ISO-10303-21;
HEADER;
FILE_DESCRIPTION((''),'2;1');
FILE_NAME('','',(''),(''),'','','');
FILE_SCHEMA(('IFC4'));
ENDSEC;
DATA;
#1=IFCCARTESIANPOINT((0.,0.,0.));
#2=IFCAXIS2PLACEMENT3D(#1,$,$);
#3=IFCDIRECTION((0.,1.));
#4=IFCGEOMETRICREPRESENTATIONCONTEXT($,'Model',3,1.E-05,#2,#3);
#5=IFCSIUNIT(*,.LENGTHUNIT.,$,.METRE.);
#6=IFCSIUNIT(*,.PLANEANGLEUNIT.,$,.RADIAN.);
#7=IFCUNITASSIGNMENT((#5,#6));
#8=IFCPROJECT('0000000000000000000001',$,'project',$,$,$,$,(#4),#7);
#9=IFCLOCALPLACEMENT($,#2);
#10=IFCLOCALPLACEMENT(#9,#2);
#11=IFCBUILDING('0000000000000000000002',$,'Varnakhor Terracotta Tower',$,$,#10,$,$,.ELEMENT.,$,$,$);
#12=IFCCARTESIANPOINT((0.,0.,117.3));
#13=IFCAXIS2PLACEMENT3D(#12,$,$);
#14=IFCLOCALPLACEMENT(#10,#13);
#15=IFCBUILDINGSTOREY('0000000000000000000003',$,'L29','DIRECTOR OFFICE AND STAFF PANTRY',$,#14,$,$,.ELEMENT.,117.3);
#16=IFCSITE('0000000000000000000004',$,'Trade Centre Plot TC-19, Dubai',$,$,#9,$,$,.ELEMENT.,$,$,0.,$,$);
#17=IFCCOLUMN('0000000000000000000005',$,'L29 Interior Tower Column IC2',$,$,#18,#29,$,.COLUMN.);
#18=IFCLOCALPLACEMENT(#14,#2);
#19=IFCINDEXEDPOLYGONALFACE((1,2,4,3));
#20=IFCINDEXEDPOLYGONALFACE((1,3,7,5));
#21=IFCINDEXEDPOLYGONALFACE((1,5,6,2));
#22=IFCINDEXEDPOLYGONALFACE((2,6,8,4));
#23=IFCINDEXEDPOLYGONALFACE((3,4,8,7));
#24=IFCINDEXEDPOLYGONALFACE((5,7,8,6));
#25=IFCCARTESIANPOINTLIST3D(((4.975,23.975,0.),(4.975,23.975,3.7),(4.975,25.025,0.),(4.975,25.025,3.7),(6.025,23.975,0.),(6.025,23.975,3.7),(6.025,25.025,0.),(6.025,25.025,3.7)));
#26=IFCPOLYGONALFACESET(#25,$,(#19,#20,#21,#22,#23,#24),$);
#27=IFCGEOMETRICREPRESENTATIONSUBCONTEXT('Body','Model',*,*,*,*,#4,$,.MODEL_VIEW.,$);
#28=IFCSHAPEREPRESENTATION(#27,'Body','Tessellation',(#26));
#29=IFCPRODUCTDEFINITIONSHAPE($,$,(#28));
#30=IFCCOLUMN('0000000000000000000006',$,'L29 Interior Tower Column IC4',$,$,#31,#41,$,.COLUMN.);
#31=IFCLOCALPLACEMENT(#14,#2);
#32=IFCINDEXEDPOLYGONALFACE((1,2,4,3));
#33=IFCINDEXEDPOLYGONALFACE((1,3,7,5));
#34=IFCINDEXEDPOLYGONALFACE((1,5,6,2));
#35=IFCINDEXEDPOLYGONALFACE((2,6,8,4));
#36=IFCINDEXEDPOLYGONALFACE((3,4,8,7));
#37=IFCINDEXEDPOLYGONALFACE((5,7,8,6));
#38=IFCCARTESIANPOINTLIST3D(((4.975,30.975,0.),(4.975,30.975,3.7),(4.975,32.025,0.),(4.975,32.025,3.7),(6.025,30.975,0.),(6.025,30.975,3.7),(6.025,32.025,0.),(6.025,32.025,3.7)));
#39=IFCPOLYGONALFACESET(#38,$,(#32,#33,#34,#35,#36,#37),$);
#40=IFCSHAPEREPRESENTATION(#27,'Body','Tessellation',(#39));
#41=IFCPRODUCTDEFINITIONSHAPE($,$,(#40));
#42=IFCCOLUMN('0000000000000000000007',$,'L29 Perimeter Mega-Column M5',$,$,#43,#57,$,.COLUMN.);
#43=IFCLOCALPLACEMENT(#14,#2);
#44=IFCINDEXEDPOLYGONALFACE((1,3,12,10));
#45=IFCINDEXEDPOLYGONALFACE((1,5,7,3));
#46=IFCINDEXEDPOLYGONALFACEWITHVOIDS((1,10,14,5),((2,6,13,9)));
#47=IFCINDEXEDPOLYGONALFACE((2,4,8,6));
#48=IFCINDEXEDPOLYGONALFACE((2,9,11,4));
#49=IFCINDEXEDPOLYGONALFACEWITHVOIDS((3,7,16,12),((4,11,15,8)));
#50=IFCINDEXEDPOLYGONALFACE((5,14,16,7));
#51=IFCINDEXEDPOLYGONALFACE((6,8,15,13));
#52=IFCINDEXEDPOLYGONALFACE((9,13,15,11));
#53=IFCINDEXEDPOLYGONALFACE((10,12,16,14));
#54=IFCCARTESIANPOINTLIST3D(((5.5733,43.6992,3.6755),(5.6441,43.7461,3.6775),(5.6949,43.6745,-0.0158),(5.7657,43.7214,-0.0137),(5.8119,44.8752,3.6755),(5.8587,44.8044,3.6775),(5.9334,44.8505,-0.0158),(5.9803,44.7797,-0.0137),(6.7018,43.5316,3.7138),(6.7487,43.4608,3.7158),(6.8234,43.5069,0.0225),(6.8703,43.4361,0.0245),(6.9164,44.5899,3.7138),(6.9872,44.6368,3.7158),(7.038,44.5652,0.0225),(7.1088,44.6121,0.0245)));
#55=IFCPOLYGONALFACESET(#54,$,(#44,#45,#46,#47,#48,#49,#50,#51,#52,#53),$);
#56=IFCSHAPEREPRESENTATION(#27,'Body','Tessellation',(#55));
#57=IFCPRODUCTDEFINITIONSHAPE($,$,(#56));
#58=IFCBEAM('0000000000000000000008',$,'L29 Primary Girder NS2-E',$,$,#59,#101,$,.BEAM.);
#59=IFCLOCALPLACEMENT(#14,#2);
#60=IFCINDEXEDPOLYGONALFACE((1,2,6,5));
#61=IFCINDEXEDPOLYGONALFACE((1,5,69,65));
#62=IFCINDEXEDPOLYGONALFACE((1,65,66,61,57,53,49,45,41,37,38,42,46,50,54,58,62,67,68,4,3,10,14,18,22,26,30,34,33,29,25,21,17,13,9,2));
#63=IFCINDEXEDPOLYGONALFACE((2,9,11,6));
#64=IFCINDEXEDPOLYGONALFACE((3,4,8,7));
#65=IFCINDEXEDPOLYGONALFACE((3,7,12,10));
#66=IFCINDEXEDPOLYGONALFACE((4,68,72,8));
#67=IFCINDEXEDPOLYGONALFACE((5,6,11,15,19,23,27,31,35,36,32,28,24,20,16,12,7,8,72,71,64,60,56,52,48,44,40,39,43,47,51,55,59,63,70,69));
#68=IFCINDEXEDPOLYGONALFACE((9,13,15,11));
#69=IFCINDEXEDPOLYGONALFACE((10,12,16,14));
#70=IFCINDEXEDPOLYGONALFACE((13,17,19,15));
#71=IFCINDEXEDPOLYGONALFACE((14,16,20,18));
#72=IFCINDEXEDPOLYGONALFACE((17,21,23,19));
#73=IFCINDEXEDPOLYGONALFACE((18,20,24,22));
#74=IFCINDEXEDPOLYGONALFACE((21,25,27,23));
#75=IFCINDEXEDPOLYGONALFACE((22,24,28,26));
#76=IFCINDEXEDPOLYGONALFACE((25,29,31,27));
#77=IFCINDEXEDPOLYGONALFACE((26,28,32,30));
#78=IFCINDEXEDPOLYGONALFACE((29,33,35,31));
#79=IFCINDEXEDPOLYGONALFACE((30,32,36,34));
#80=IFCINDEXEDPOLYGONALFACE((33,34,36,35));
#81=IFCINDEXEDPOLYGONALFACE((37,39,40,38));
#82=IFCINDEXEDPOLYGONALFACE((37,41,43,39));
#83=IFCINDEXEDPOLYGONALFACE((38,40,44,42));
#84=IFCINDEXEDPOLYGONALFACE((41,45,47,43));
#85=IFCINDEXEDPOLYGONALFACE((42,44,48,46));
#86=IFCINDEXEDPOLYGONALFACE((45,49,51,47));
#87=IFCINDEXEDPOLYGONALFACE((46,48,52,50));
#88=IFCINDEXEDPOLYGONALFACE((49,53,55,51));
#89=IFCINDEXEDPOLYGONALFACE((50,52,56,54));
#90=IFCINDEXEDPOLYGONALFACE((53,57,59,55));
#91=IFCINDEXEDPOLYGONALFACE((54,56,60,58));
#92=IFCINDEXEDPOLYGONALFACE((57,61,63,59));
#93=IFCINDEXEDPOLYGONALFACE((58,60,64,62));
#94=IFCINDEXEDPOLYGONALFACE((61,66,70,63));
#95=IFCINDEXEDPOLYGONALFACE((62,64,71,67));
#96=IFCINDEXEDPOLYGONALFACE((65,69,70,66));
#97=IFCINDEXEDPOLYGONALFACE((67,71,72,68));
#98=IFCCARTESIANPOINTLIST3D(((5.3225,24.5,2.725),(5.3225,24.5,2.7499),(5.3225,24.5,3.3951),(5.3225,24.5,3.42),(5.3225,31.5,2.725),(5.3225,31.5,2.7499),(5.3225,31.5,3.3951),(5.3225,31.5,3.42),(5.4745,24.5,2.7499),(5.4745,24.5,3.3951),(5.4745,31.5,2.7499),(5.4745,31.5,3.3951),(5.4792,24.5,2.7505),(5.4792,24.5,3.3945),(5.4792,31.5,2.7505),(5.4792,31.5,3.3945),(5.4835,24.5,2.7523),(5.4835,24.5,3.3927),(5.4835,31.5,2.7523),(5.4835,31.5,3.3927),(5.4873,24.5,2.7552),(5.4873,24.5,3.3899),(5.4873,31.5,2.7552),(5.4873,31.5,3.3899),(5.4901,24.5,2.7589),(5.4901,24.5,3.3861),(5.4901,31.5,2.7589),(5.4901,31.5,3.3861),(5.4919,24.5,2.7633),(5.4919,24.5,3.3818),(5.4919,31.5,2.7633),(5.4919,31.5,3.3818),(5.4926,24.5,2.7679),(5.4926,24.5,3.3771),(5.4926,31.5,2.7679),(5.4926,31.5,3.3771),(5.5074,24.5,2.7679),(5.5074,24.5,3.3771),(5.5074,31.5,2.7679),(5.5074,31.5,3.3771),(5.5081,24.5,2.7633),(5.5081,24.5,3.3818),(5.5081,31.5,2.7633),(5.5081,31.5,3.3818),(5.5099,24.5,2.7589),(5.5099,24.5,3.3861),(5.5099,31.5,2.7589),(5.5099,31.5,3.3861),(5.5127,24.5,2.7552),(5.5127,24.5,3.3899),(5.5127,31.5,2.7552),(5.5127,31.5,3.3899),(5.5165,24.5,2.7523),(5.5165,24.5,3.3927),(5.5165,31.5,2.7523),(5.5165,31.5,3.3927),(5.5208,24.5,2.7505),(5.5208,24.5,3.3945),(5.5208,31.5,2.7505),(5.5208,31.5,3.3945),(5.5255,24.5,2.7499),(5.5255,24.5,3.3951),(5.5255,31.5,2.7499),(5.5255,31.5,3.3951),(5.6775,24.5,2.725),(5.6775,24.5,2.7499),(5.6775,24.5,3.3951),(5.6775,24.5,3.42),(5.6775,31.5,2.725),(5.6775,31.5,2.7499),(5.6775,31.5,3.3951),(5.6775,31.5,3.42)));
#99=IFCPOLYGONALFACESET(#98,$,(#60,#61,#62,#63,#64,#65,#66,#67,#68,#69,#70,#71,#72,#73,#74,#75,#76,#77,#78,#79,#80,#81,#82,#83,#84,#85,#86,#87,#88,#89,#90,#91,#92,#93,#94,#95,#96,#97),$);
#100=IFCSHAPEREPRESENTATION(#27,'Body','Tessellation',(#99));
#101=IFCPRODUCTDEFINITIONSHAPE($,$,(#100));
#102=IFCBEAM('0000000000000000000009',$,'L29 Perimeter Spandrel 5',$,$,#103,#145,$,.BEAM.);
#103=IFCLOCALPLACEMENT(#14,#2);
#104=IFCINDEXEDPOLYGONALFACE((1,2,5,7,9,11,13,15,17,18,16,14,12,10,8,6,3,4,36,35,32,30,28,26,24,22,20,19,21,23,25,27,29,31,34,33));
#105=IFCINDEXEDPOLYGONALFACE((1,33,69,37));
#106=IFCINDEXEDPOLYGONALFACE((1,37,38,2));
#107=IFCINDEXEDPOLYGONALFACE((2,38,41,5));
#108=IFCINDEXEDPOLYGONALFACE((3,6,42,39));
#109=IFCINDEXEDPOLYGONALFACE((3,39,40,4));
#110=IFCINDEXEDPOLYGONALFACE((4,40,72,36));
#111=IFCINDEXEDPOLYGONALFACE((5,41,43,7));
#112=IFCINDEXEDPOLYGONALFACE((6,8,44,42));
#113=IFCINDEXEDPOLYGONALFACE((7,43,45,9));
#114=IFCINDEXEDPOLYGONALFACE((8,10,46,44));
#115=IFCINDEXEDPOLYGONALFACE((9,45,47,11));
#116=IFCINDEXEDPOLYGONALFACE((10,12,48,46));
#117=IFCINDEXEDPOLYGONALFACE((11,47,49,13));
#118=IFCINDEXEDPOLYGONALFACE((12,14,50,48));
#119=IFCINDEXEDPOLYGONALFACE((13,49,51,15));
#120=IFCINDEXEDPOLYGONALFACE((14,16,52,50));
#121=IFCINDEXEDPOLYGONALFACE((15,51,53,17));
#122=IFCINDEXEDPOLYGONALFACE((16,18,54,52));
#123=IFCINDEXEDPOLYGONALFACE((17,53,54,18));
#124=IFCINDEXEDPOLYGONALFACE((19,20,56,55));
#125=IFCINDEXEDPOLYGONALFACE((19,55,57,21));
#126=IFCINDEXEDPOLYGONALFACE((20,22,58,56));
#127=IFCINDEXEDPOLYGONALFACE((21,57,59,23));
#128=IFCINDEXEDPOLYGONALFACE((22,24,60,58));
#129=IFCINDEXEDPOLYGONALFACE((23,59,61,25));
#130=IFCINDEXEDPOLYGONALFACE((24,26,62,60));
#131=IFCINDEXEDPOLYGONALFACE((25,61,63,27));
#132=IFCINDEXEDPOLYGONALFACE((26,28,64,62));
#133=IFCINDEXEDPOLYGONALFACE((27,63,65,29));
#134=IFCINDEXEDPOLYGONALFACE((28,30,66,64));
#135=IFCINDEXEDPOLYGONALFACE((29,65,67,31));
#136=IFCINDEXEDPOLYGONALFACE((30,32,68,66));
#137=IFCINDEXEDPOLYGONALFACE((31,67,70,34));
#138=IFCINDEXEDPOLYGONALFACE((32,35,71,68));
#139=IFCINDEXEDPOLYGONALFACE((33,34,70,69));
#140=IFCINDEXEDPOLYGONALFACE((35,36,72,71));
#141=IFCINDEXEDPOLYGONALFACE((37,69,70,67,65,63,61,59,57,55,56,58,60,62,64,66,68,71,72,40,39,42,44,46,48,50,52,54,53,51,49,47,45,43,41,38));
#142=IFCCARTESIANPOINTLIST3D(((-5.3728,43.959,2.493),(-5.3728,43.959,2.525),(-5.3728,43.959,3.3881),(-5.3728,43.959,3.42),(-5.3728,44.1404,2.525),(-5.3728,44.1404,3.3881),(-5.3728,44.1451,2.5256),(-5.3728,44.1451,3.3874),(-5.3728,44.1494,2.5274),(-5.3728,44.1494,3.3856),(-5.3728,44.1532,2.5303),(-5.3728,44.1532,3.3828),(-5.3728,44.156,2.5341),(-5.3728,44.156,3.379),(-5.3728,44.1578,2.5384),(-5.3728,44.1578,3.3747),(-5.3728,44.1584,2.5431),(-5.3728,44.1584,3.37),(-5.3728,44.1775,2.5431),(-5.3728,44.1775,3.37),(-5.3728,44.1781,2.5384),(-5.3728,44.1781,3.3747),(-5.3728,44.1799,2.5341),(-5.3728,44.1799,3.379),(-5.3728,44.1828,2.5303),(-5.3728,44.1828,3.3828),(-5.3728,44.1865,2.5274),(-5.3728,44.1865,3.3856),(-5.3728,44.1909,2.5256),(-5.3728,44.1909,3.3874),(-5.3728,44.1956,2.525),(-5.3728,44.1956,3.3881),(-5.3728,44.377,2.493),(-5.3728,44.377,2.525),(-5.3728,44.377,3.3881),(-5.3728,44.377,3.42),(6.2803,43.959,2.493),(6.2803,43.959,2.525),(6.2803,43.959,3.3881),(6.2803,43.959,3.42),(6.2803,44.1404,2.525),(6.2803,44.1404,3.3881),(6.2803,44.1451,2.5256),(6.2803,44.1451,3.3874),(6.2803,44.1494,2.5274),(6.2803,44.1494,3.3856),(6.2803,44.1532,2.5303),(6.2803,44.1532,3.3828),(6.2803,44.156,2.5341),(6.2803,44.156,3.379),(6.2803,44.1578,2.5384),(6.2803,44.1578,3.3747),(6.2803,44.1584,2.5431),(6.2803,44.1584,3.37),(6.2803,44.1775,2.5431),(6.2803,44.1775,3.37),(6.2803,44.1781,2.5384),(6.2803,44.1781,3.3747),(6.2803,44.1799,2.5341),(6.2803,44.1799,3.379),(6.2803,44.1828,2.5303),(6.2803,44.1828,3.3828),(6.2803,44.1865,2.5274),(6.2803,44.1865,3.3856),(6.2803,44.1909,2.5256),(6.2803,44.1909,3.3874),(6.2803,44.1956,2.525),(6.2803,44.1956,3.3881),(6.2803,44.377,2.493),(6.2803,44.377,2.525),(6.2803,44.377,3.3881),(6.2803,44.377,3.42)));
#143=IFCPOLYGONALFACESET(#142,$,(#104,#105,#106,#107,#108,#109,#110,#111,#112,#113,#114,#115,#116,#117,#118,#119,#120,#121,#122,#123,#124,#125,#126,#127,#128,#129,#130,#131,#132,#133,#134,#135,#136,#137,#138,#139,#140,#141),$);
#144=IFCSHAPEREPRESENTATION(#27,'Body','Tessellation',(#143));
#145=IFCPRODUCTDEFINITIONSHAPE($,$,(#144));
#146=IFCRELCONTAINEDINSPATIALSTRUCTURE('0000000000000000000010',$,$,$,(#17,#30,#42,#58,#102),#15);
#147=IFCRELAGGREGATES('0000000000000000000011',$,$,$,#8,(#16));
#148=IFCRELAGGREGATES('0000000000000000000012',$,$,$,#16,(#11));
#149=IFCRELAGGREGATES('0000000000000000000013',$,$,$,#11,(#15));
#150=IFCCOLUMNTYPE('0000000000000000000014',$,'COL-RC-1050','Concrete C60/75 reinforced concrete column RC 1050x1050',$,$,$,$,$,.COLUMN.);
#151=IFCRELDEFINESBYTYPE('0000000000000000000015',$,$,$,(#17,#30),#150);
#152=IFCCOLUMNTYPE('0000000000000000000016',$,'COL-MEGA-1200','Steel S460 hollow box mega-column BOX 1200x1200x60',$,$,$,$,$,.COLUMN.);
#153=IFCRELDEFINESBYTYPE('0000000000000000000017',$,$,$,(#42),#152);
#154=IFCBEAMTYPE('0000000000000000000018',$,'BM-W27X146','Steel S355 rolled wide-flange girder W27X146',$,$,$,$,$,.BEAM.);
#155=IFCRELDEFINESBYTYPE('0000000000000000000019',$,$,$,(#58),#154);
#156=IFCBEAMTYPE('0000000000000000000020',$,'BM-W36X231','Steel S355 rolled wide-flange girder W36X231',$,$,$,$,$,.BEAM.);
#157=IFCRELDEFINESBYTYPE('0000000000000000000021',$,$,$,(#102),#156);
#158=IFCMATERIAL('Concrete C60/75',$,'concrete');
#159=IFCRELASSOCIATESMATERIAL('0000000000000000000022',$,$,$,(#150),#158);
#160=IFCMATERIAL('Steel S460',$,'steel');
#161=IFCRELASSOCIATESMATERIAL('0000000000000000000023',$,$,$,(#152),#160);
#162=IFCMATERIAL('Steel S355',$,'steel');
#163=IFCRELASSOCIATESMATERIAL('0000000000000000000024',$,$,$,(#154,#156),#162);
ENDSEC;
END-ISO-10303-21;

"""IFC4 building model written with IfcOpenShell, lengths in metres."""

from ifc_helpers import new_model, si_unit, direction, frame, origin, origin_2d, place, context, subcontext, project, spatial, rectangle, hollow_rectangle, i_section, extrude, source, transform, mapped, material, material_profile, profile_set, type_object, element, save


model = new_model("IFC4")

# Units and contexts
model_context = context("Model", 3, precision=1e-05, world=origin(), true_north=direction((0.0, 1.0)))
body_context = subcontext(model_context, "Body", "Model", "MODEL_VIEW")
ifc_project = project(units=[si_unit("LENGTHUNIT", "METRE"), si_unit("PLANEANGLEUNIT", "RADIAN")], contexts=[model_context])

# Site, building, storey
site_placement = place(None, origin())
site = spatial("IfcSite", under=ifc_project, at=site_placement, Name="Trade Centre Plot TC-19, Dubai", CompositionType="ELEMENT", RefElevation=0.0)
building_placement = place(site_placement, origin())
building = spatial("IfcBuilding", under=site, at=building_placement, Name="Varnakhor Terracotta Tower", CompositionType="ELEMENT")
storey_placement = place(building_placement, frame((0.0, 0.0, 117.3)))
storey = spatial("IfcBuildingStorey", under=building, at=storey_placement, Name="L29", Description="DIRECTOR OFFICE AND STAFF PANTRY", CompositionType="ELEMENT", Elevation=117.3)

# Columns
ifc_material_1 = material(Name="Concrete C60/75", Category="concrete")
ifc_material_profile_1 = material_profile(ifc_material_1, rectangle(XDim=1.05, YDim=1.05, at=origin_2d()), Name="RC 1050x1050")
ifc_profile_set_1 = profile_set([ifc_material_profile_1], Name="Concrete C60/75")
column_type_1 = type_object("IfcColumnType", Name="COL-RC-1050", Description="Concrete C60/75 reinforced concrete column RC 1050x1050", PredefinedType="COLUMN", material=ifc_profile_set_1)
shared_shape_1 = source(origin(), body_context, "Body", "SweptSolid", [
    extrude(rectangle(XDim=1.05, YDim=1.05, at=origin_2d()), origin(), (0.0, 0.0, 1.0), 3.7),
])
for number, where, z_axis, x_axis, name in (
    (1, (5.5, 24.5, 0.0), (0.0, 0.0, 1.0), (1.0, 0.0, 0.0), "L29 Interior Tower Column IC2"),
    (2, (5.5, 31.5, 0.0), (0.0, 0.0, 1.0), (1.0, 0.0, 0.0), "L29 Interior Tower Column IC4"),
):
    element("IfcColumn", number, at=place(storey_placement, frame(where, z_axis=z_axis, x_axis=x_axis)), inside=storey, type_object=column_type_1, Name=name, PredefinedType="COLUMN", context=body_context, shape_type="MappedRepresentation", body=[
        mapped(shared_shape_1, transform((0.0, 0.0, 0.0), scale=1.0)),
    ])
ifc_material_2 = material(Name="Steel S460", Category="steel")
ifc_material_profile_2 = material_profile(ifc_material_2, hollow_rectangle(XDim=1.2, YDim=1.2, WallThickness=0.0601, at=origin_2d()), Name="BOX 1200x1200x60")
ifc_profile_set_2 = profile_set([ifc_material_profile_2], Name="Steel S460")
column_type_2 = type_object("IfcColumnType", Name="COL-MEGA-1200", Description="Steel S460 hollow box mega-column BOX 1200x1200x60", PredefinedType="COLUMN", material=ifc_profile_set_2)
shared_shape_2 = source(origin(), body_context, "Body", "SweptSolid", [
    extrude(hollow_rectangle(XDim=1.2, YDim=1.2, WallThickness=0.0601, at=origin_2d()), origin(), (0.0, 0.0, 1.0), 3.6934),
])
column_placement = place(storey_placement, frame((6.4019, 44.1433, 0.0044), z_axis=(-0.03292, 0.006677, 0.999436), x_axis=(-0.198765, -0.980047, 0.0)))
element("IfcColumn", 3, at=column_placement, inside=storey, type_object=column_type_2, Name="L29 Perimeter Mega-Column M5", PredefinedType="COLUMN", context=body_context, shape_type="MappedRepresentation", body=[
    mapped(shared_shape_2, transform((0.0, 0.0, 0.0), scale=1.0)),
])

# Beams
ifc_material_3 = material(Name="Steel S355", Category="steel")
ifc_material_profile_3 = material_profile(ifc_material_3, i_section(OverallWidth=0.355, OverallDepth=0.6951, WebThickness=0.0149, FlangeThickness=0.0249, FilletRadius=0.0181, at=origin_2d()), Name="W27X146")
ifc_profile_set_3 = profile_set([ifc_material_profile_3], Name="Steel S355")
beam_type_1 = type_object("IfcBeamType", Name="BM-W27X146", Description="Steel S355 rolled wide-flange girder W27X146", PredefinedType="BEAM", material=ifc_profile_set_3)
shared_shape_3 = source(origin(), body_context, "Body", "SweptSolid", [
    extrude(i_section(OverallWidth=0.355, OverallDepth=0.6951, WebThickness=0.0149, FlangeThickness=0.0249, FilletRadius=0.0181, at=origin_2d()), origin(), (0.0, 0.0, 1.0), 7.0),
])
beam_1_placement = place(storey_placement, frame((5.5, 24.5, 3.0725), z_axis=(0.0, 1.0, 0.0), x_axis=(-1.0, 0.0, 0.0)))
element("IfcBeam", 4, at=beam_1_placement, inside=storey, type_object=beam_type_1, Name="L29 Primary Girder NS2-E", PredefinedType="BEAM", context=body_context, shape_type="MappedRepresentation", body=[
    mapped(shared_shape_3, transform((0.0, 0.0, 0.0), scale=1.0)),
])
ifc_material_profile_4 = material_profile(ifc_material_3, i_section(OverallWidth=0.418, OverallDepth=0.927, WebThickness=0.019, FlangeThickness=0.032, FilletRadius=0.0181, at=origin_2d()), Name="W36X231")
ifc_profile_set_4 = profile_set([ifc_material_profile_4], Name="Steel S355")
beam_type_2 = type_object("IfcBeamType", Name="BM-W36X231", Description="Steel S355 rolled wide-flange girder W36X231", PredefinedType="BEAM", material=ifc_profile_set_4)
shared_shape_4 = source(origin(), body_context, "Body", "SweptSolid", [
    extrude(i_section(OverallWidth=0.418, OverallDepth=0.927, WebThickness=0.019, FlangeThickness=0.032, FilletRadius=0.0181, at=origin_2d()), origin(), (0.0, 0.0, 1.0), 11.6531),
])
beam_2_placement = place(storey_placement, frame((6.2803, 44.168, 2.9565), z_axis=(-1.0, 0.0, 0.0), x_axis=(0.0, -1.0, 0.0)))
element("IfcBeam", 5, at=beam_2_placement, inside=storey, type_object=beam_type_2, Name="L29 Perimeter Spandrel 5", PredefinedType="BEAM", context=body_context, shape_type="MappedRepresentation", body=[
    mapped(shared_shape_4, transform((0.0, 0.0, 0.0), scale=1.0)),
])

save(model, "model.ifc")
